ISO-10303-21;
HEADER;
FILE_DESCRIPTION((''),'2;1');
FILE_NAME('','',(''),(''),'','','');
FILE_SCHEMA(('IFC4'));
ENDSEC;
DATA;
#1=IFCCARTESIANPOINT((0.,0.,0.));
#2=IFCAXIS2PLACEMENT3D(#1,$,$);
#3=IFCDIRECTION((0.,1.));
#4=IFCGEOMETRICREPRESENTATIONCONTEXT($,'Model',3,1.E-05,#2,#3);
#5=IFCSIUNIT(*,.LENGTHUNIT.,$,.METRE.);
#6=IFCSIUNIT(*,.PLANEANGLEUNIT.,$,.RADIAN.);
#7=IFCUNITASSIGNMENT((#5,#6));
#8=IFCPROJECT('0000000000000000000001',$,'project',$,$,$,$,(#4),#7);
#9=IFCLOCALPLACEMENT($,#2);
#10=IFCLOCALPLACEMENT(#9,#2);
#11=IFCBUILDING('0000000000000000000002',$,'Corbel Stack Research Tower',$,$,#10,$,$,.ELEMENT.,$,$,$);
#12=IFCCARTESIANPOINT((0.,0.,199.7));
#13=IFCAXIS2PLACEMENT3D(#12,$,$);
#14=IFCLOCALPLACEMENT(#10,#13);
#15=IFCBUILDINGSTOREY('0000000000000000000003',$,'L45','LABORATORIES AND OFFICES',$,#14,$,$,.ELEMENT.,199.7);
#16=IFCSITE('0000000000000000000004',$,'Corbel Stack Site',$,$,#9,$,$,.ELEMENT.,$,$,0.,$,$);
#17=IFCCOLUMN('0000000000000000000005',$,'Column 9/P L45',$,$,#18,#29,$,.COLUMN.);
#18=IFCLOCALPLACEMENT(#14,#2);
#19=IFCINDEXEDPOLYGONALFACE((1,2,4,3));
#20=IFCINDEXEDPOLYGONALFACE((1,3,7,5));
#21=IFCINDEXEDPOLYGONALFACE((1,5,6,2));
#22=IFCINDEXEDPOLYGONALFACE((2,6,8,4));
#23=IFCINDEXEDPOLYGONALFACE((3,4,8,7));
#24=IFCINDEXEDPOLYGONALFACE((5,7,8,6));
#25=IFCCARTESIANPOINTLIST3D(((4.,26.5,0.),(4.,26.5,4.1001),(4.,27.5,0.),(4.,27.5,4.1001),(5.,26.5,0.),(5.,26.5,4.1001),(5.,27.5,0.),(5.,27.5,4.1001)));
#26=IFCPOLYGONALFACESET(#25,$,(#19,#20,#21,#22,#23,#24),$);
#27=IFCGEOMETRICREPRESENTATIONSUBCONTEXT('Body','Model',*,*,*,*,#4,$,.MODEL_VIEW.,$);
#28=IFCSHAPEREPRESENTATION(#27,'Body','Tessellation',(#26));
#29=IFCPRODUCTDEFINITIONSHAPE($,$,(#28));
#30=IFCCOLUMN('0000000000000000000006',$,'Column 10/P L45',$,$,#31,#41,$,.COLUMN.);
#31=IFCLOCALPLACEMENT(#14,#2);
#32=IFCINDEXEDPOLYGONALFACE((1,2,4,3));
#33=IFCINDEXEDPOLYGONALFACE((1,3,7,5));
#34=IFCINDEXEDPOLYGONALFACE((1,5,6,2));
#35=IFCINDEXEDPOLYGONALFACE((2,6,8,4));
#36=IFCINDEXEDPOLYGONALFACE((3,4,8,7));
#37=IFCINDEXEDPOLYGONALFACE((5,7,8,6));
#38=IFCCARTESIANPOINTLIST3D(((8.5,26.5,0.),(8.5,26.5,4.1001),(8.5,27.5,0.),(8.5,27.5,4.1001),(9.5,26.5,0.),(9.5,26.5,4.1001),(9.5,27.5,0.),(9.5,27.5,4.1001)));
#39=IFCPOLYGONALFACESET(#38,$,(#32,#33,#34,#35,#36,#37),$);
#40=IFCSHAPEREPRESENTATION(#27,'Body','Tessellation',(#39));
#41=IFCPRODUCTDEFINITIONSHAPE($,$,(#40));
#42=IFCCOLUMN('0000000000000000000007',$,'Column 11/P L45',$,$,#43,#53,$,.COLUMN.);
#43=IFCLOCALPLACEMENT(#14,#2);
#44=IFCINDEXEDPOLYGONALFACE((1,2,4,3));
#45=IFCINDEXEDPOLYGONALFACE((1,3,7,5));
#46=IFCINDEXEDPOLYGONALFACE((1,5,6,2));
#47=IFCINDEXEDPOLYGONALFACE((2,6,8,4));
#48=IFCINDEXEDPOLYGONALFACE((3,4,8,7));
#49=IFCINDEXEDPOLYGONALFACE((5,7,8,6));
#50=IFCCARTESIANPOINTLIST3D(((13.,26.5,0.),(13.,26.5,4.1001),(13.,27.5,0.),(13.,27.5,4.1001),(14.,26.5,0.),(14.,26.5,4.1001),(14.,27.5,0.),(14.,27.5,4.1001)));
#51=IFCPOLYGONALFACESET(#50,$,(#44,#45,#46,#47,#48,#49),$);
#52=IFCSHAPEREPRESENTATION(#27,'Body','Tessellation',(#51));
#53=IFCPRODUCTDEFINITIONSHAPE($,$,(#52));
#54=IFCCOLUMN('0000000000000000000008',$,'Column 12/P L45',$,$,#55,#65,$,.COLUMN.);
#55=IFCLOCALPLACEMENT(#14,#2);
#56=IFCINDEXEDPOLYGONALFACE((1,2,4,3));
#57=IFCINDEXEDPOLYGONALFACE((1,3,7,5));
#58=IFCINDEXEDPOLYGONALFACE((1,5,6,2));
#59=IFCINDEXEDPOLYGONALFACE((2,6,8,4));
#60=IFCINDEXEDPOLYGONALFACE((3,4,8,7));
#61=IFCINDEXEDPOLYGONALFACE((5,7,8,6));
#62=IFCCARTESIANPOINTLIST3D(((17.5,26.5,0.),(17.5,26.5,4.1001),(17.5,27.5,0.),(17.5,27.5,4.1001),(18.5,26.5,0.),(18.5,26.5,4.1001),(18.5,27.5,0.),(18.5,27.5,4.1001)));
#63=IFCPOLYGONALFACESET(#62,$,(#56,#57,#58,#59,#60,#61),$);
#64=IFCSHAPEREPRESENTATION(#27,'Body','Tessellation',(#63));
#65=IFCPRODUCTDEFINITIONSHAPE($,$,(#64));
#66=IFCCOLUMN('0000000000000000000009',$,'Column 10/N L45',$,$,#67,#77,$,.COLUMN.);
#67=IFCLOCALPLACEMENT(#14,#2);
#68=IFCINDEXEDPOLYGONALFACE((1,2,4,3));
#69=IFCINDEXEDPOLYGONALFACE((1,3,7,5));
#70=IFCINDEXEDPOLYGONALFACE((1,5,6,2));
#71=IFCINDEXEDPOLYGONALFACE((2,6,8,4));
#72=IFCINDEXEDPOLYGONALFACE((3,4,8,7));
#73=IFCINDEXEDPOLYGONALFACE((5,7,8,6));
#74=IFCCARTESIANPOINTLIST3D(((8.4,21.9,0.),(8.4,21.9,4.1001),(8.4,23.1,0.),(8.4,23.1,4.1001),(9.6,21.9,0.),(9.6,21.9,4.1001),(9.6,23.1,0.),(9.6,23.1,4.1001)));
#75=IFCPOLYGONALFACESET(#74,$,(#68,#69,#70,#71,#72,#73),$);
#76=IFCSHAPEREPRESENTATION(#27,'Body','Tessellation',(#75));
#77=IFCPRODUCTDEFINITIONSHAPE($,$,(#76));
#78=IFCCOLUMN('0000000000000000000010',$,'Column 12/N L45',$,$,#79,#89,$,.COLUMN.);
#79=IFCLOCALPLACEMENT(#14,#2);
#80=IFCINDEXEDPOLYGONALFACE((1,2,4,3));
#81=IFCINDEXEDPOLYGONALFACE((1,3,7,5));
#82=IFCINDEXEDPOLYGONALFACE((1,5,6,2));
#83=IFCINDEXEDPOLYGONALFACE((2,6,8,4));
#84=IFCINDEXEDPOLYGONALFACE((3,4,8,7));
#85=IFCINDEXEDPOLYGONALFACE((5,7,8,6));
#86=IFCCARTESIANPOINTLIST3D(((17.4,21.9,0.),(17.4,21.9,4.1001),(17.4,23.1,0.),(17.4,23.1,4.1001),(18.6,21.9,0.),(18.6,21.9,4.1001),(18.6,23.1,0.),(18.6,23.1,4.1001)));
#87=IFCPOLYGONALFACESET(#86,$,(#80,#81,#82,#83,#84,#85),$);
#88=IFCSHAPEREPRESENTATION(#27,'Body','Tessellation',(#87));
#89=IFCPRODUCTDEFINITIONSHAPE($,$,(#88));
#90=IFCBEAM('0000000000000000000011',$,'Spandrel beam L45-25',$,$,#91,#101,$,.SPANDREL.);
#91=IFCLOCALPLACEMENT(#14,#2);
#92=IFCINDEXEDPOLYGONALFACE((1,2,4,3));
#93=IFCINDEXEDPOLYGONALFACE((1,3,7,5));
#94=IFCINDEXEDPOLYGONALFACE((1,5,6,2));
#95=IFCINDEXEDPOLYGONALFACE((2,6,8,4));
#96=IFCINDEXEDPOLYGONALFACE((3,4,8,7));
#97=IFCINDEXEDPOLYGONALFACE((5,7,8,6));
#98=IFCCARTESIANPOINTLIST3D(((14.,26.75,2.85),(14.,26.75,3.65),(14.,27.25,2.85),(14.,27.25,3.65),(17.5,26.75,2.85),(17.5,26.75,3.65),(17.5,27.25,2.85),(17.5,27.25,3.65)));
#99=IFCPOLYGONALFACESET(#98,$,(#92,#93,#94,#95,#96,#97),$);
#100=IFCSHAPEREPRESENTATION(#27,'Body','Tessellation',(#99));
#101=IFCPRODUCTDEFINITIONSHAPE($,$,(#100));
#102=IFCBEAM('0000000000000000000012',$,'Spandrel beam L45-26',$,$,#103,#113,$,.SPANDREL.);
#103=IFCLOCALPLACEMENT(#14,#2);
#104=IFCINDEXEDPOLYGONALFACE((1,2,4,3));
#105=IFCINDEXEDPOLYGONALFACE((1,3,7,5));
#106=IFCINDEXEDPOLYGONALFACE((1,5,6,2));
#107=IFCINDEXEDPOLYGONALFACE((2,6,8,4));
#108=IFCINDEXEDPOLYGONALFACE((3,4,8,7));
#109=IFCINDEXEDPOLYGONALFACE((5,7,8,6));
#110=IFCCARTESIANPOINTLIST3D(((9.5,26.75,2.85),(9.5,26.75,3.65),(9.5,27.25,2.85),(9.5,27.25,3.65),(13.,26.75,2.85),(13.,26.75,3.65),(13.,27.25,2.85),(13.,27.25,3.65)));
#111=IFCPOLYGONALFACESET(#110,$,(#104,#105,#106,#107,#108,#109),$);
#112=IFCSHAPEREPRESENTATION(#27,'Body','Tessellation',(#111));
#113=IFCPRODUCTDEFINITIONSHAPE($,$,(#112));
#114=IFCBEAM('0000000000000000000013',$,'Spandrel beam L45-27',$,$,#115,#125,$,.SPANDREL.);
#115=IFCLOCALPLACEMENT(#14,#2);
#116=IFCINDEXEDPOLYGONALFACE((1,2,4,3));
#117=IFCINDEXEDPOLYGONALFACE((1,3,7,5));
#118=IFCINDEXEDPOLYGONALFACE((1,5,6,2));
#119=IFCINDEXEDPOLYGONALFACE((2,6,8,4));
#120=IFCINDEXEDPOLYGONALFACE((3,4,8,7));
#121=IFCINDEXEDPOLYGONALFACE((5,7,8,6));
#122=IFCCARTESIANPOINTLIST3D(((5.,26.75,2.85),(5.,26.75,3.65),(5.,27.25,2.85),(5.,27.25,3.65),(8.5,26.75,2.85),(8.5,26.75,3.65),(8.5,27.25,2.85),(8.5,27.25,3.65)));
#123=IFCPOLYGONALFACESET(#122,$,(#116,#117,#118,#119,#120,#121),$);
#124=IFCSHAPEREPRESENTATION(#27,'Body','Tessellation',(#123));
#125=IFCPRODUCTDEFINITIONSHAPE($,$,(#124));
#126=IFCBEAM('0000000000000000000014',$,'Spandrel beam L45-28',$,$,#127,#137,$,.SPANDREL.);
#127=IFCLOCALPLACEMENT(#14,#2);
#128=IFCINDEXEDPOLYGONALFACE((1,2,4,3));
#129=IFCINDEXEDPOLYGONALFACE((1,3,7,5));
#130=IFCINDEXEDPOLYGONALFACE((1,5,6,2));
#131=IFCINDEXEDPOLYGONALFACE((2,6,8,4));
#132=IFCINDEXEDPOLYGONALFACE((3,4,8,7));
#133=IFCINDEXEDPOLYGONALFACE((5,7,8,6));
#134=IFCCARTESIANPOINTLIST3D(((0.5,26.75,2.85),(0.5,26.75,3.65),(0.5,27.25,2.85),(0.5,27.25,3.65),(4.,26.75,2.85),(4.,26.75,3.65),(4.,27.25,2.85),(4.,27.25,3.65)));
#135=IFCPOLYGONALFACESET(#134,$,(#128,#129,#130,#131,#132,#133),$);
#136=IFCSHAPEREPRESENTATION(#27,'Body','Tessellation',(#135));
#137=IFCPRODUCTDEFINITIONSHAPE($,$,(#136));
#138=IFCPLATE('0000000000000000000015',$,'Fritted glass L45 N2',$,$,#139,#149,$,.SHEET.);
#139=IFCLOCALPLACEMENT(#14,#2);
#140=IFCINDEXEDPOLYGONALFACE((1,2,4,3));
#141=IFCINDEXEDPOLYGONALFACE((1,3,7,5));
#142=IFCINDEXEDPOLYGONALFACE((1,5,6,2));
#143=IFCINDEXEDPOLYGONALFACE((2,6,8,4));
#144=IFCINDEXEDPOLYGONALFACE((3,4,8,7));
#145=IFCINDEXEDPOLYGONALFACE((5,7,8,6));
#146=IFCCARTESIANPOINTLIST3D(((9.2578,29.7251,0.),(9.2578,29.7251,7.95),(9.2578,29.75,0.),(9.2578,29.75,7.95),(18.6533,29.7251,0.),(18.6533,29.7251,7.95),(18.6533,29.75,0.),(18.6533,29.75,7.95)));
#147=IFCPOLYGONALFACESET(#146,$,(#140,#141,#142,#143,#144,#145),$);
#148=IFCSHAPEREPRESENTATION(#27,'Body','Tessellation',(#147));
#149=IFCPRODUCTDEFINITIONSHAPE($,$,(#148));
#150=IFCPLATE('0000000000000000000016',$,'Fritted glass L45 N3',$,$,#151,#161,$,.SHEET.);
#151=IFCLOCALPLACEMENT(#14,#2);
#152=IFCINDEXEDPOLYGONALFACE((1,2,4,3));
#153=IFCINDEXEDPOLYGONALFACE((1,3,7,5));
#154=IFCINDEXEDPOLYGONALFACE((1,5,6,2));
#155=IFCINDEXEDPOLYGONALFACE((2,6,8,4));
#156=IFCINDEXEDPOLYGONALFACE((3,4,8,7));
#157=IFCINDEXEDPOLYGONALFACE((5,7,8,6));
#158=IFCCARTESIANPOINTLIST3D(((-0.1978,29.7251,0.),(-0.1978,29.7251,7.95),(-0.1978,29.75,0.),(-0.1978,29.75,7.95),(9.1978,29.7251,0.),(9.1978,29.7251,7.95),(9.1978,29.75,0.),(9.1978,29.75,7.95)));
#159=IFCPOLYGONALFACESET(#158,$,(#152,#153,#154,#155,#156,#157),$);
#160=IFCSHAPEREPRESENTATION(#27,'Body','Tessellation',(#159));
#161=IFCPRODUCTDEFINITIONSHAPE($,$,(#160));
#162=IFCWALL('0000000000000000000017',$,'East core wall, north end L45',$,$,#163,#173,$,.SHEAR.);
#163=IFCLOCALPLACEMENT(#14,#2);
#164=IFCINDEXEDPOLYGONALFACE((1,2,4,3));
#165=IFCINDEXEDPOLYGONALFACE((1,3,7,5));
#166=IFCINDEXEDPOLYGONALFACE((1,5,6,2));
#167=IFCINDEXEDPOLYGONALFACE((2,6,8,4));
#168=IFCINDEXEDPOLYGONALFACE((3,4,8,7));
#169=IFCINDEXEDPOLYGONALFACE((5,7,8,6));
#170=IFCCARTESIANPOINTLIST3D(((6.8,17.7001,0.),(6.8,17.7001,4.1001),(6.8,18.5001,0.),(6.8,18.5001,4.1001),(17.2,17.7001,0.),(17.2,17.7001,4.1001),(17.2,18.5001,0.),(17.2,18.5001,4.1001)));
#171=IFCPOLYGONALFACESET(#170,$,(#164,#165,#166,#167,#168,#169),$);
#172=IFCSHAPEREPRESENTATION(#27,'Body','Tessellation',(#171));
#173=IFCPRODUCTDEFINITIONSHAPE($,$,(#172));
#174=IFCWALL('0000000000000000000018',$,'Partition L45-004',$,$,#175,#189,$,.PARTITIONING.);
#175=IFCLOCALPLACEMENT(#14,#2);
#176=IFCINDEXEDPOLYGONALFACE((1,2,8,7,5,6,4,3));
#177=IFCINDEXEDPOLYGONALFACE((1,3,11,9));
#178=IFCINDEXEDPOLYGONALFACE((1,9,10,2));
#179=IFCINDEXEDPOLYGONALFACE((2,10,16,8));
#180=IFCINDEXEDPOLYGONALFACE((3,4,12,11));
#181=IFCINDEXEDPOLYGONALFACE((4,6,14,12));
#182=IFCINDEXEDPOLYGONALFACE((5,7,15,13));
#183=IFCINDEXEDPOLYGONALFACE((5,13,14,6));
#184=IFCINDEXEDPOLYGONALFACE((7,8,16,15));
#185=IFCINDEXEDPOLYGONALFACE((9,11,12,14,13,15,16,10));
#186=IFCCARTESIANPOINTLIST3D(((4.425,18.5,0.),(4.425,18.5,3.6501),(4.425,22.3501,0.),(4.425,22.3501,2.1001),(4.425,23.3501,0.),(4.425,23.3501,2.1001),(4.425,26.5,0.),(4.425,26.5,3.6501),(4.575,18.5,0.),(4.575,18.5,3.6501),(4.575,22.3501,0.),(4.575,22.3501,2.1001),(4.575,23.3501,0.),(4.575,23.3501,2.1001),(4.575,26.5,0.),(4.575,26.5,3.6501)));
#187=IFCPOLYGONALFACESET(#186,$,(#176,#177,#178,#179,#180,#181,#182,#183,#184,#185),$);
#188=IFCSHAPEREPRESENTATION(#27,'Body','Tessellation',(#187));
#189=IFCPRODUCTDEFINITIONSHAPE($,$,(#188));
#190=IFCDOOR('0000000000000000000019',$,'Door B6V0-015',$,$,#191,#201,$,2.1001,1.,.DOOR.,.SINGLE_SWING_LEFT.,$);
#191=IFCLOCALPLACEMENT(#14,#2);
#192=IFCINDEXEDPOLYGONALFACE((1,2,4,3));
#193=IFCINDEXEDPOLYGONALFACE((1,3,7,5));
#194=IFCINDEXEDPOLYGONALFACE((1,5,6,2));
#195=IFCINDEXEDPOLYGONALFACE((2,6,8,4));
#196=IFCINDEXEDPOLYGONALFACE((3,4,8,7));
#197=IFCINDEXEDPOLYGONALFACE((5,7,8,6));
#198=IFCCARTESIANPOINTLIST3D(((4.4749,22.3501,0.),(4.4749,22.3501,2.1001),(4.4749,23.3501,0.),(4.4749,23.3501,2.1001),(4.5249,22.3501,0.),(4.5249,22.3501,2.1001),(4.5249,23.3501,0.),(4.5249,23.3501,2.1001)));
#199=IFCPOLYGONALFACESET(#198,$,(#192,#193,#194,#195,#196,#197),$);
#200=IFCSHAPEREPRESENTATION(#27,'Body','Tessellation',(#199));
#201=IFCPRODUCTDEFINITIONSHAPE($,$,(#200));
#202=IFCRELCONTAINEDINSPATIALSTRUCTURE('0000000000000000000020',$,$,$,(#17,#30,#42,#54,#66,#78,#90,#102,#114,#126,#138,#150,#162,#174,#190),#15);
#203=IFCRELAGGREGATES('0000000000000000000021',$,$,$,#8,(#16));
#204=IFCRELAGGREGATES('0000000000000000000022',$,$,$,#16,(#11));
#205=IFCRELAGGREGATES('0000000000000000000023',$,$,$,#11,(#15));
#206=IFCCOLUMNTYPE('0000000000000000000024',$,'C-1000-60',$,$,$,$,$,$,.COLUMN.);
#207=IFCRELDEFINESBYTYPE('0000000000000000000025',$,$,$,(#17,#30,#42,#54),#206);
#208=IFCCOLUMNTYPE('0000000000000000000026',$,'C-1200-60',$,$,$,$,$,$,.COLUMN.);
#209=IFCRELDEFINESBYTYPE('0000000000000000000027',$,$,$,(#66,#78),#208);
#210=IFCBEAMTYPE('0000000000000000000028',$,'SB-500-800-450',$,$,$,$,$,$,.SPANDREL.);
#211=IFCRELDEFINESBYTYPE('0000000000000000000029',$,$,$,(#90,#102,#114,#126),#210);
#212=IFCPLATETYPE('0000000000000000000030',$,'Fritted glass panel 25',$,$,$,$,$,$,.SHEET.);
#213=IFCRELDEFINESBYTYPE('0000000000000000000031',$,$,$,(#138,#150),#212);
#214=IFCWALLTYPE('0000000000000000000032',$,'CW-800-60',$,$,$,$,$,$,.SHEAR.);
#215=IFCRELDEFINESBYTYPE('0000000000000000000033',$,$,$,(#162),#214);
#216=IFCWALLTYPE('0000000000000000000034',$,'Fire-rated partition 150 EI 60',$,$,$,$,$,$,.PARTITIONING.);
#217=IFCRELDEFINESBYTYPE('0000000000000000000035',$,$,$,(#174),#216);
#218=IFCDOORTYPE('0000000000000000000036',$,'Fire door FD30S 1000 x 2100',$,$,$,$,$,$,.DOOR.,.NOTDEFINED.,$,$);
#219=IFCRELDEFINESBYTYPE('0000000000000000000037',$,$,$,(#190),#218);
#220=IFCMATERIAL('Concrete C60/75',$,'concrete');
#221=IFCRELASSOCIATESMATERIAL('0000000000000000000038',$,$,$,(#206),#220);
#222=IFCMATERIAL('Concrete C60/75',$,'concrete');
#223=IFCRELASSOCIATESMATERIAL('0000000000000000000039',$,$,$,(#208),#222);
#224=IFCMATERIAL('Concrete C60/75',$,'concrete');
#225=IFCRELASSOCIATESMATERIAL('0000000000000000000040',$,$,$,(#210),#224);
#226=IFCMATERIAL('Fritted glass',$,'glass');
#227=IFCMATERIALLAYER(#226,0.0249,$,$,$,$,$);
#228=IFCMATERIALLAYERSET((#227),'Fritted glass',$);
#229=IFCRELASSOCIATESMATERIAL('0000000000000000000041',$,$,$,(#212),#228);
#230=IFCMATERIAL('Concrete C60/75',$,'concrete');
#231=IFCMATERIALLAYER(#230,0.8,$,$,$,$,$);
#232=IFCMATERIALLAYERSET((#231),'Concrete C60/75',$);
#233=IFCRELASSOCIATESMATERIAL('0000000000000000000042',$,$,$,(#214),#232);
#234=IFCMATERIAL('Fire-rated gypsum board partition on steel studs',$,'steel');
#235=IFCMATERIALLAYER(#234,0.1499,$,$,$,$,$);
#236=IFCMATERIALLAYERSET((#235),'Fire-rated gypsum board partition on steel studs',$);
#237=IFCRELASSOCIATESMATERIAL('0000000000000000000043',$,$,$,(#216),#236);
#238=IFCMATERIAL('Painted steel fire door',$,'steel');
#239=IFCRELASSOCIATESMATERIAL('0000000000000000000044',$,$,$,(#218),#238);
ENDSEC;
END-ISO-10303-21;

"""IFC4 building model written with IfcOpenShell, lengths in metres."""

from ifc_helpers import new_model, si_unit, direction, frame, frame_2d, origin, origin_2d, place, context, subcontext, project, spatial, rectangle, extrude, material, layer, layer_set, material_profile, profile_set, type_object, element, fill, save


model = new_model("IFC4")

# Units and contexts
model_context = context("Model", 3, precision=1e-05, world=origin(), true_north=direction((0.0, 1.0)))
body_context = subcontext(model_context, "Body", "Model", "MODEL_VIEW")
ifc_project = project(units=[si_unit("LENGTHUNIT", "METRE"), si_unit("PLANEANGLEUNIT", "RADIAN")], contexts=[model_context])

# Site, building, storey
site_placement = place(None, origin())
site = spatial("IfcSite", under=ifc_project, at=site_placement, Name="Corbel Stack Site", CompositionType="ELEMENT", RefElevation=0.0)
building_placement = place(site_placement, origin())
building = spatial("IfcBuilding", under=site, at=building_placement, Name="Corbel Stack Research Tower", CompositionType="ELEMENT")
storey_placement = place(building_placement, frame((0.0, 0.0, 199.7)))
storey = spatial("IfcBuildingStorey", under=building, at=storey_placement, Name="L45", Description="LABORATORIES AND OFFICES", CompositionType="ELEMENT", Elevation=199.7)

# Columns
ifc_material_1 = material(Name="Concrete C60/75", Category="concrete")
ifc_material_profile_1 = material_profile(ifc_material_1, rectangle(XDim=1.0, YDim=1.0, at=origin_2d()), Name="RC 1000 x 1000")
ifc_profile_set_1 = profile_set([ifc_material_profile_1], Name="Concrete C60/75")
column_type_1 = type_object("IfcColumnType", Name="C-1000-60", PredefinedType="COLUMN", material=ifc_profile_set_1)
for number, where, z_axis, x_axis, name in (
    (1, (4.5, 27.0, 0.0), (0.0, 0.0, 1.0), (1.0, 0.0, 0.0), "Column 9/P L45"),
    (2, (9.0, 27.0, 0.0), (0.0, 0.0, 1.0), (1.0, 0.0, 0.0), "Column 10/P L45"),
    (3, (13.5, 27.0, 0.0), (0.0, 0.0, 1.0), (1.0, 0.0, 0.0), "Column 11/P L45"),
    (4, (18.0, 27.0, 0.0), (0.0, 0.0, 1.0), (1.0, 0.0, 0.0), "Column 12/P L45"),
):
    element("IfcColumn", number, at=place(storey_placement, frame(where, z_axis=z_axis, x_axis=x_axis)), inside=storey, type_object=column_type_1, Name=name, PredefinedType="COLUMN", context=body_context, shape_type="SweptSolid", body=[
        extrude(rectangle(XDim=1.0, YDim=1.0, at=origin_2d()), origin(), (0.0, 0.0, 1.0), 4.1001),
    ])
ifc_material_2 = material(Name="Concrete C60/75", Category="concrete")
ifc_material_profile_2 = material_profile(ifc_material_2, rectangle(XDim=1.2, YDim=1.2, at=origin_2d()), Name="RC 1200 x 1200")
ifc_profile_set_2 = profile_set([ifc_material_profile_2], Name="Concrete C60/75")
column_type_2 = type_object("IfcColumnType", Name="C-1200-60", PredefinedType="COLUMN", material=ifc_profile_set_2)
for number, where, z_axis, x_axis, name in (
    (5, (9.0, 22.5, 0.0), (0.0, 0.0, 1.0), (1.0, 0.0, 0.0), "Column 10/N L45"),
    (6, (18.0, 22.5, 0.0), (0.0, 0.0, 1.0), (1.0, 0.0, 0.0), "Column 12/N L45"),
):
    element("IfcColumn", number, at=place(storey_placement, frame(where, z_axis=z_axis, x_axis=x_axis)), inside=storey, type_object=column_type_2, Name=name, PredefinedType="COLUMN", context=body_context, shape_type="SweptSolid", body=[
        extrude(rectangle(XDim=1.2, YDim=1.2, at=origin_2d()), origin(), (0.0, 0.0, 1.0), 4.1001),
    ])

# Beams
ifc_material_3 = material(Name="Concrete C60/75", Category="concrete")
ifc_material_profile_3 = material_profile(ifc_material_3, rectangle(XDim=0.5, YDim=0.8, at=origin_2d()), Name="RC 500 x 800")
ifc_profile_set_3 = profile_set([ifc_material_profile_3], Name="Concrete C60/75")
beam_type = type_object("IfcBeamType", Name="SB-500-800-450", PredefinedType="SPANDREL", material=ifc_profile_set_3)
for number, where, z_axis, x_axis, name in (
    (7, (17.5, 27.0, 3.25), (-1.0, 0.0, 0.0), (0.0, -1.0, 0.0), "Spandrel beam L45-25"),
    (8, (13.0, 27.0, 3.25), (-1.0, 0.0, 0.0), (0.0, -1.0, 0.0), "Spandrel beam L45-26"),
    (9, (8.5, 27.0, 3.25), (-1.0, 0.0, 0.0), (0.0, -1.0, 0.0), "Spandrel beam L45-27"),
    (10, (4.0, 27.0, 3.25), (-1.0, 0.0, 0.0), (0.0, -1.0, 0.0), "Spandrel beam L45-28"),
):
    element("IfcBeam", number, at=place(storey_placement, frame(where, z_axis=z_axis, x_axis=x_axis)), inside=storey, type_object=beam_type, Name=name, PredefinedType="SPANDREL", context=body_context, shape_type="SweptSolid", body=[
        extrude(rectangle(XDim=0.5, YDim=0.8, at=origin_2d()), origin(), (0.0, 0.0, 1.0), 3.5),
    ])

# Plates
ifc_material_4 = material(Name="Fritted glass", Category="glass")
ifc_layer_1 = layer(ifc_material_4, 0.0249)
ifc_layer_set_1 = layer_set([ifc_layer_1], Name="Fritted glass")
plate_type = type_object("IfcPlateType", Name="Fritted glass panel 25", PredefinedType="SHEET", material=ifc_layer_set_1)
for number, where, z_axis, x_axis, name in (
    (11, (13.9556, 29.7375, 0.0), (0.0, 0.0, 1.0), (-1.0, 0.0, 0.0), "Fritted glass L45 N2"),
    (12, (4.5, 29.7375, 0.0), (0.0, 0.0, 1.0), (-1.0, 0.0, 0.0), "Fritted glass L45 N3"),
):
    element("IfcPlate", number, at=place(storey_placement, frame(where, z_axis=z_axis, x_axis=x_axis)), inside=storey, type_object=plate_type, Name=name, PredefinedType="SHEET", context=body_context, shape_type="SweptSolid", body=[
        extrude(rectangle(XDim=9.3955, YDim=0.0249, at=origin_2d()), origin(), (0.0, 0.0, 1.0), 7.95),
    ])

# Wall
ifc_material_5 = material(Name="Concrete C60/75", Category="concrete")
ifc_layer_2 = layer(ifc_material_5, 0.8)
ifc_layer_set_2 = layer_set([ifc_layer_2], Name="Concrete C60/75")
wall_type_1 = type_object("IfcWallType", Name="CW-800-60", PredefinedType="SHEAR", material=ifc_layer_set_2)
wall_1_placement = place(storey_placement, frame((6.8, 18.1001, 0.0), z_axis=(0.0, 0.0, 1.0), x_axis=(1.0, 0.0, 0.0)))
element("IfcWall", 13, at=wall_1_placement, inside=storey, type_object=wall_type_1, Name="East core wall, north end L45", PredefinedType="SHEAR", context=body_context, shape_type="SweptSolid", body=[
    extrude(rectangle(XDim=10.3999, YDim=0.8, at=frame_2d((5.2, 0.0))), origin(), (0.0, 0.0, 1.0), 4.1001),
])

# Wall, opening, door
ifc_material_6 = material(Name="Fire-rated gypsum board partition on steel studs", Category="steel")
ifc_layer_3 = layer(ifc_material_6, 0.1499)
ifc_layer_set_3 = layer_set([ifc_layer_3], Name="Fire-rated gypsum board partition on steel studs")
wall_type_2 = type_object("IfcWallType", Name="Fire-rated partition 150 EI 60", PredefinedType="PARTITIONING", material=ifc_layer_set_3)
wall_2_placement = place(storey_placement, frame((4.5, 26.5, 0.0), z_axis=(0.0, 0.0, 1.0), x_axis=(0.0, -1.0, 0.0)))
wall_2 = element("IfcWall", 14, at=wall_2_placement, inside=storey, type_object=wall_type_2, Name="Partition L45-004", PredefinedType="PARTITIONING", context=body_context, shape_type="SweptSolid", body=[
    extrude(rectangle(XDim=8.0, YDim=0.1499, at=frame_2d((4.0, 0.0))), origin(), (0.0, 0.0, 1.0), 3.6501),
])
opening_1_placement = place(wall_2_placement, frame((3.1499, 0.0, 0.0)))
opening_1 = element("IfcOpeningElement", 15, at=opening_1_placement, cuts=wall_2, PredefinedType="OPENING", context=body_context, shape_type="SweptSolid", body=[
    extrude(rectangle(XDim=1.0, YDim=2.1001, at=frame_2d((0.5, 1.05))), frame((0.0, 0.085, 0.0), z_axis=(0.0, -1.0, 0.0), x_axis=(1.0, 0.0, 0.0)), (0.0, 0.0, 1.0), 0.1699),
])
ifc_material_7 = material(Name="Painted steel fire door", Category="steel")
door_type = type_object("IfcDoorType", Name="Fire door FD30S 1000 x 2100", OperationType="NOTDEFINED", PredefinedType="DOOR", material=ifc_material_7)
door_1_placement = place(opening_1_placement, origin())
door_1 = element("IfcDoor", 16, at=door_1_placement, inside=storey, type_object=door_type, Name="Door B6V0-015", OperationType="SINGLE_SWING_LEFT", OverallHeight=2.1001, OverallWidth=1.0, PredefinedType="DOOR", context=body_context, shape_type="SweptSolid", body=[
    extrude(rectangle(XDim=1.0, YDim=2.1001, at=frame_2d((0.5, 1.05))), frame((0.0, 0.0249, 0.0), z_axis=(0.0, -1.0, 0.0), x_axis=(1.0, 0.0, 0.0)), (0.0, 0.0, 1.0), 0.05),
])
fill(opening_1, door_1)

save(model, "model.ifc")
